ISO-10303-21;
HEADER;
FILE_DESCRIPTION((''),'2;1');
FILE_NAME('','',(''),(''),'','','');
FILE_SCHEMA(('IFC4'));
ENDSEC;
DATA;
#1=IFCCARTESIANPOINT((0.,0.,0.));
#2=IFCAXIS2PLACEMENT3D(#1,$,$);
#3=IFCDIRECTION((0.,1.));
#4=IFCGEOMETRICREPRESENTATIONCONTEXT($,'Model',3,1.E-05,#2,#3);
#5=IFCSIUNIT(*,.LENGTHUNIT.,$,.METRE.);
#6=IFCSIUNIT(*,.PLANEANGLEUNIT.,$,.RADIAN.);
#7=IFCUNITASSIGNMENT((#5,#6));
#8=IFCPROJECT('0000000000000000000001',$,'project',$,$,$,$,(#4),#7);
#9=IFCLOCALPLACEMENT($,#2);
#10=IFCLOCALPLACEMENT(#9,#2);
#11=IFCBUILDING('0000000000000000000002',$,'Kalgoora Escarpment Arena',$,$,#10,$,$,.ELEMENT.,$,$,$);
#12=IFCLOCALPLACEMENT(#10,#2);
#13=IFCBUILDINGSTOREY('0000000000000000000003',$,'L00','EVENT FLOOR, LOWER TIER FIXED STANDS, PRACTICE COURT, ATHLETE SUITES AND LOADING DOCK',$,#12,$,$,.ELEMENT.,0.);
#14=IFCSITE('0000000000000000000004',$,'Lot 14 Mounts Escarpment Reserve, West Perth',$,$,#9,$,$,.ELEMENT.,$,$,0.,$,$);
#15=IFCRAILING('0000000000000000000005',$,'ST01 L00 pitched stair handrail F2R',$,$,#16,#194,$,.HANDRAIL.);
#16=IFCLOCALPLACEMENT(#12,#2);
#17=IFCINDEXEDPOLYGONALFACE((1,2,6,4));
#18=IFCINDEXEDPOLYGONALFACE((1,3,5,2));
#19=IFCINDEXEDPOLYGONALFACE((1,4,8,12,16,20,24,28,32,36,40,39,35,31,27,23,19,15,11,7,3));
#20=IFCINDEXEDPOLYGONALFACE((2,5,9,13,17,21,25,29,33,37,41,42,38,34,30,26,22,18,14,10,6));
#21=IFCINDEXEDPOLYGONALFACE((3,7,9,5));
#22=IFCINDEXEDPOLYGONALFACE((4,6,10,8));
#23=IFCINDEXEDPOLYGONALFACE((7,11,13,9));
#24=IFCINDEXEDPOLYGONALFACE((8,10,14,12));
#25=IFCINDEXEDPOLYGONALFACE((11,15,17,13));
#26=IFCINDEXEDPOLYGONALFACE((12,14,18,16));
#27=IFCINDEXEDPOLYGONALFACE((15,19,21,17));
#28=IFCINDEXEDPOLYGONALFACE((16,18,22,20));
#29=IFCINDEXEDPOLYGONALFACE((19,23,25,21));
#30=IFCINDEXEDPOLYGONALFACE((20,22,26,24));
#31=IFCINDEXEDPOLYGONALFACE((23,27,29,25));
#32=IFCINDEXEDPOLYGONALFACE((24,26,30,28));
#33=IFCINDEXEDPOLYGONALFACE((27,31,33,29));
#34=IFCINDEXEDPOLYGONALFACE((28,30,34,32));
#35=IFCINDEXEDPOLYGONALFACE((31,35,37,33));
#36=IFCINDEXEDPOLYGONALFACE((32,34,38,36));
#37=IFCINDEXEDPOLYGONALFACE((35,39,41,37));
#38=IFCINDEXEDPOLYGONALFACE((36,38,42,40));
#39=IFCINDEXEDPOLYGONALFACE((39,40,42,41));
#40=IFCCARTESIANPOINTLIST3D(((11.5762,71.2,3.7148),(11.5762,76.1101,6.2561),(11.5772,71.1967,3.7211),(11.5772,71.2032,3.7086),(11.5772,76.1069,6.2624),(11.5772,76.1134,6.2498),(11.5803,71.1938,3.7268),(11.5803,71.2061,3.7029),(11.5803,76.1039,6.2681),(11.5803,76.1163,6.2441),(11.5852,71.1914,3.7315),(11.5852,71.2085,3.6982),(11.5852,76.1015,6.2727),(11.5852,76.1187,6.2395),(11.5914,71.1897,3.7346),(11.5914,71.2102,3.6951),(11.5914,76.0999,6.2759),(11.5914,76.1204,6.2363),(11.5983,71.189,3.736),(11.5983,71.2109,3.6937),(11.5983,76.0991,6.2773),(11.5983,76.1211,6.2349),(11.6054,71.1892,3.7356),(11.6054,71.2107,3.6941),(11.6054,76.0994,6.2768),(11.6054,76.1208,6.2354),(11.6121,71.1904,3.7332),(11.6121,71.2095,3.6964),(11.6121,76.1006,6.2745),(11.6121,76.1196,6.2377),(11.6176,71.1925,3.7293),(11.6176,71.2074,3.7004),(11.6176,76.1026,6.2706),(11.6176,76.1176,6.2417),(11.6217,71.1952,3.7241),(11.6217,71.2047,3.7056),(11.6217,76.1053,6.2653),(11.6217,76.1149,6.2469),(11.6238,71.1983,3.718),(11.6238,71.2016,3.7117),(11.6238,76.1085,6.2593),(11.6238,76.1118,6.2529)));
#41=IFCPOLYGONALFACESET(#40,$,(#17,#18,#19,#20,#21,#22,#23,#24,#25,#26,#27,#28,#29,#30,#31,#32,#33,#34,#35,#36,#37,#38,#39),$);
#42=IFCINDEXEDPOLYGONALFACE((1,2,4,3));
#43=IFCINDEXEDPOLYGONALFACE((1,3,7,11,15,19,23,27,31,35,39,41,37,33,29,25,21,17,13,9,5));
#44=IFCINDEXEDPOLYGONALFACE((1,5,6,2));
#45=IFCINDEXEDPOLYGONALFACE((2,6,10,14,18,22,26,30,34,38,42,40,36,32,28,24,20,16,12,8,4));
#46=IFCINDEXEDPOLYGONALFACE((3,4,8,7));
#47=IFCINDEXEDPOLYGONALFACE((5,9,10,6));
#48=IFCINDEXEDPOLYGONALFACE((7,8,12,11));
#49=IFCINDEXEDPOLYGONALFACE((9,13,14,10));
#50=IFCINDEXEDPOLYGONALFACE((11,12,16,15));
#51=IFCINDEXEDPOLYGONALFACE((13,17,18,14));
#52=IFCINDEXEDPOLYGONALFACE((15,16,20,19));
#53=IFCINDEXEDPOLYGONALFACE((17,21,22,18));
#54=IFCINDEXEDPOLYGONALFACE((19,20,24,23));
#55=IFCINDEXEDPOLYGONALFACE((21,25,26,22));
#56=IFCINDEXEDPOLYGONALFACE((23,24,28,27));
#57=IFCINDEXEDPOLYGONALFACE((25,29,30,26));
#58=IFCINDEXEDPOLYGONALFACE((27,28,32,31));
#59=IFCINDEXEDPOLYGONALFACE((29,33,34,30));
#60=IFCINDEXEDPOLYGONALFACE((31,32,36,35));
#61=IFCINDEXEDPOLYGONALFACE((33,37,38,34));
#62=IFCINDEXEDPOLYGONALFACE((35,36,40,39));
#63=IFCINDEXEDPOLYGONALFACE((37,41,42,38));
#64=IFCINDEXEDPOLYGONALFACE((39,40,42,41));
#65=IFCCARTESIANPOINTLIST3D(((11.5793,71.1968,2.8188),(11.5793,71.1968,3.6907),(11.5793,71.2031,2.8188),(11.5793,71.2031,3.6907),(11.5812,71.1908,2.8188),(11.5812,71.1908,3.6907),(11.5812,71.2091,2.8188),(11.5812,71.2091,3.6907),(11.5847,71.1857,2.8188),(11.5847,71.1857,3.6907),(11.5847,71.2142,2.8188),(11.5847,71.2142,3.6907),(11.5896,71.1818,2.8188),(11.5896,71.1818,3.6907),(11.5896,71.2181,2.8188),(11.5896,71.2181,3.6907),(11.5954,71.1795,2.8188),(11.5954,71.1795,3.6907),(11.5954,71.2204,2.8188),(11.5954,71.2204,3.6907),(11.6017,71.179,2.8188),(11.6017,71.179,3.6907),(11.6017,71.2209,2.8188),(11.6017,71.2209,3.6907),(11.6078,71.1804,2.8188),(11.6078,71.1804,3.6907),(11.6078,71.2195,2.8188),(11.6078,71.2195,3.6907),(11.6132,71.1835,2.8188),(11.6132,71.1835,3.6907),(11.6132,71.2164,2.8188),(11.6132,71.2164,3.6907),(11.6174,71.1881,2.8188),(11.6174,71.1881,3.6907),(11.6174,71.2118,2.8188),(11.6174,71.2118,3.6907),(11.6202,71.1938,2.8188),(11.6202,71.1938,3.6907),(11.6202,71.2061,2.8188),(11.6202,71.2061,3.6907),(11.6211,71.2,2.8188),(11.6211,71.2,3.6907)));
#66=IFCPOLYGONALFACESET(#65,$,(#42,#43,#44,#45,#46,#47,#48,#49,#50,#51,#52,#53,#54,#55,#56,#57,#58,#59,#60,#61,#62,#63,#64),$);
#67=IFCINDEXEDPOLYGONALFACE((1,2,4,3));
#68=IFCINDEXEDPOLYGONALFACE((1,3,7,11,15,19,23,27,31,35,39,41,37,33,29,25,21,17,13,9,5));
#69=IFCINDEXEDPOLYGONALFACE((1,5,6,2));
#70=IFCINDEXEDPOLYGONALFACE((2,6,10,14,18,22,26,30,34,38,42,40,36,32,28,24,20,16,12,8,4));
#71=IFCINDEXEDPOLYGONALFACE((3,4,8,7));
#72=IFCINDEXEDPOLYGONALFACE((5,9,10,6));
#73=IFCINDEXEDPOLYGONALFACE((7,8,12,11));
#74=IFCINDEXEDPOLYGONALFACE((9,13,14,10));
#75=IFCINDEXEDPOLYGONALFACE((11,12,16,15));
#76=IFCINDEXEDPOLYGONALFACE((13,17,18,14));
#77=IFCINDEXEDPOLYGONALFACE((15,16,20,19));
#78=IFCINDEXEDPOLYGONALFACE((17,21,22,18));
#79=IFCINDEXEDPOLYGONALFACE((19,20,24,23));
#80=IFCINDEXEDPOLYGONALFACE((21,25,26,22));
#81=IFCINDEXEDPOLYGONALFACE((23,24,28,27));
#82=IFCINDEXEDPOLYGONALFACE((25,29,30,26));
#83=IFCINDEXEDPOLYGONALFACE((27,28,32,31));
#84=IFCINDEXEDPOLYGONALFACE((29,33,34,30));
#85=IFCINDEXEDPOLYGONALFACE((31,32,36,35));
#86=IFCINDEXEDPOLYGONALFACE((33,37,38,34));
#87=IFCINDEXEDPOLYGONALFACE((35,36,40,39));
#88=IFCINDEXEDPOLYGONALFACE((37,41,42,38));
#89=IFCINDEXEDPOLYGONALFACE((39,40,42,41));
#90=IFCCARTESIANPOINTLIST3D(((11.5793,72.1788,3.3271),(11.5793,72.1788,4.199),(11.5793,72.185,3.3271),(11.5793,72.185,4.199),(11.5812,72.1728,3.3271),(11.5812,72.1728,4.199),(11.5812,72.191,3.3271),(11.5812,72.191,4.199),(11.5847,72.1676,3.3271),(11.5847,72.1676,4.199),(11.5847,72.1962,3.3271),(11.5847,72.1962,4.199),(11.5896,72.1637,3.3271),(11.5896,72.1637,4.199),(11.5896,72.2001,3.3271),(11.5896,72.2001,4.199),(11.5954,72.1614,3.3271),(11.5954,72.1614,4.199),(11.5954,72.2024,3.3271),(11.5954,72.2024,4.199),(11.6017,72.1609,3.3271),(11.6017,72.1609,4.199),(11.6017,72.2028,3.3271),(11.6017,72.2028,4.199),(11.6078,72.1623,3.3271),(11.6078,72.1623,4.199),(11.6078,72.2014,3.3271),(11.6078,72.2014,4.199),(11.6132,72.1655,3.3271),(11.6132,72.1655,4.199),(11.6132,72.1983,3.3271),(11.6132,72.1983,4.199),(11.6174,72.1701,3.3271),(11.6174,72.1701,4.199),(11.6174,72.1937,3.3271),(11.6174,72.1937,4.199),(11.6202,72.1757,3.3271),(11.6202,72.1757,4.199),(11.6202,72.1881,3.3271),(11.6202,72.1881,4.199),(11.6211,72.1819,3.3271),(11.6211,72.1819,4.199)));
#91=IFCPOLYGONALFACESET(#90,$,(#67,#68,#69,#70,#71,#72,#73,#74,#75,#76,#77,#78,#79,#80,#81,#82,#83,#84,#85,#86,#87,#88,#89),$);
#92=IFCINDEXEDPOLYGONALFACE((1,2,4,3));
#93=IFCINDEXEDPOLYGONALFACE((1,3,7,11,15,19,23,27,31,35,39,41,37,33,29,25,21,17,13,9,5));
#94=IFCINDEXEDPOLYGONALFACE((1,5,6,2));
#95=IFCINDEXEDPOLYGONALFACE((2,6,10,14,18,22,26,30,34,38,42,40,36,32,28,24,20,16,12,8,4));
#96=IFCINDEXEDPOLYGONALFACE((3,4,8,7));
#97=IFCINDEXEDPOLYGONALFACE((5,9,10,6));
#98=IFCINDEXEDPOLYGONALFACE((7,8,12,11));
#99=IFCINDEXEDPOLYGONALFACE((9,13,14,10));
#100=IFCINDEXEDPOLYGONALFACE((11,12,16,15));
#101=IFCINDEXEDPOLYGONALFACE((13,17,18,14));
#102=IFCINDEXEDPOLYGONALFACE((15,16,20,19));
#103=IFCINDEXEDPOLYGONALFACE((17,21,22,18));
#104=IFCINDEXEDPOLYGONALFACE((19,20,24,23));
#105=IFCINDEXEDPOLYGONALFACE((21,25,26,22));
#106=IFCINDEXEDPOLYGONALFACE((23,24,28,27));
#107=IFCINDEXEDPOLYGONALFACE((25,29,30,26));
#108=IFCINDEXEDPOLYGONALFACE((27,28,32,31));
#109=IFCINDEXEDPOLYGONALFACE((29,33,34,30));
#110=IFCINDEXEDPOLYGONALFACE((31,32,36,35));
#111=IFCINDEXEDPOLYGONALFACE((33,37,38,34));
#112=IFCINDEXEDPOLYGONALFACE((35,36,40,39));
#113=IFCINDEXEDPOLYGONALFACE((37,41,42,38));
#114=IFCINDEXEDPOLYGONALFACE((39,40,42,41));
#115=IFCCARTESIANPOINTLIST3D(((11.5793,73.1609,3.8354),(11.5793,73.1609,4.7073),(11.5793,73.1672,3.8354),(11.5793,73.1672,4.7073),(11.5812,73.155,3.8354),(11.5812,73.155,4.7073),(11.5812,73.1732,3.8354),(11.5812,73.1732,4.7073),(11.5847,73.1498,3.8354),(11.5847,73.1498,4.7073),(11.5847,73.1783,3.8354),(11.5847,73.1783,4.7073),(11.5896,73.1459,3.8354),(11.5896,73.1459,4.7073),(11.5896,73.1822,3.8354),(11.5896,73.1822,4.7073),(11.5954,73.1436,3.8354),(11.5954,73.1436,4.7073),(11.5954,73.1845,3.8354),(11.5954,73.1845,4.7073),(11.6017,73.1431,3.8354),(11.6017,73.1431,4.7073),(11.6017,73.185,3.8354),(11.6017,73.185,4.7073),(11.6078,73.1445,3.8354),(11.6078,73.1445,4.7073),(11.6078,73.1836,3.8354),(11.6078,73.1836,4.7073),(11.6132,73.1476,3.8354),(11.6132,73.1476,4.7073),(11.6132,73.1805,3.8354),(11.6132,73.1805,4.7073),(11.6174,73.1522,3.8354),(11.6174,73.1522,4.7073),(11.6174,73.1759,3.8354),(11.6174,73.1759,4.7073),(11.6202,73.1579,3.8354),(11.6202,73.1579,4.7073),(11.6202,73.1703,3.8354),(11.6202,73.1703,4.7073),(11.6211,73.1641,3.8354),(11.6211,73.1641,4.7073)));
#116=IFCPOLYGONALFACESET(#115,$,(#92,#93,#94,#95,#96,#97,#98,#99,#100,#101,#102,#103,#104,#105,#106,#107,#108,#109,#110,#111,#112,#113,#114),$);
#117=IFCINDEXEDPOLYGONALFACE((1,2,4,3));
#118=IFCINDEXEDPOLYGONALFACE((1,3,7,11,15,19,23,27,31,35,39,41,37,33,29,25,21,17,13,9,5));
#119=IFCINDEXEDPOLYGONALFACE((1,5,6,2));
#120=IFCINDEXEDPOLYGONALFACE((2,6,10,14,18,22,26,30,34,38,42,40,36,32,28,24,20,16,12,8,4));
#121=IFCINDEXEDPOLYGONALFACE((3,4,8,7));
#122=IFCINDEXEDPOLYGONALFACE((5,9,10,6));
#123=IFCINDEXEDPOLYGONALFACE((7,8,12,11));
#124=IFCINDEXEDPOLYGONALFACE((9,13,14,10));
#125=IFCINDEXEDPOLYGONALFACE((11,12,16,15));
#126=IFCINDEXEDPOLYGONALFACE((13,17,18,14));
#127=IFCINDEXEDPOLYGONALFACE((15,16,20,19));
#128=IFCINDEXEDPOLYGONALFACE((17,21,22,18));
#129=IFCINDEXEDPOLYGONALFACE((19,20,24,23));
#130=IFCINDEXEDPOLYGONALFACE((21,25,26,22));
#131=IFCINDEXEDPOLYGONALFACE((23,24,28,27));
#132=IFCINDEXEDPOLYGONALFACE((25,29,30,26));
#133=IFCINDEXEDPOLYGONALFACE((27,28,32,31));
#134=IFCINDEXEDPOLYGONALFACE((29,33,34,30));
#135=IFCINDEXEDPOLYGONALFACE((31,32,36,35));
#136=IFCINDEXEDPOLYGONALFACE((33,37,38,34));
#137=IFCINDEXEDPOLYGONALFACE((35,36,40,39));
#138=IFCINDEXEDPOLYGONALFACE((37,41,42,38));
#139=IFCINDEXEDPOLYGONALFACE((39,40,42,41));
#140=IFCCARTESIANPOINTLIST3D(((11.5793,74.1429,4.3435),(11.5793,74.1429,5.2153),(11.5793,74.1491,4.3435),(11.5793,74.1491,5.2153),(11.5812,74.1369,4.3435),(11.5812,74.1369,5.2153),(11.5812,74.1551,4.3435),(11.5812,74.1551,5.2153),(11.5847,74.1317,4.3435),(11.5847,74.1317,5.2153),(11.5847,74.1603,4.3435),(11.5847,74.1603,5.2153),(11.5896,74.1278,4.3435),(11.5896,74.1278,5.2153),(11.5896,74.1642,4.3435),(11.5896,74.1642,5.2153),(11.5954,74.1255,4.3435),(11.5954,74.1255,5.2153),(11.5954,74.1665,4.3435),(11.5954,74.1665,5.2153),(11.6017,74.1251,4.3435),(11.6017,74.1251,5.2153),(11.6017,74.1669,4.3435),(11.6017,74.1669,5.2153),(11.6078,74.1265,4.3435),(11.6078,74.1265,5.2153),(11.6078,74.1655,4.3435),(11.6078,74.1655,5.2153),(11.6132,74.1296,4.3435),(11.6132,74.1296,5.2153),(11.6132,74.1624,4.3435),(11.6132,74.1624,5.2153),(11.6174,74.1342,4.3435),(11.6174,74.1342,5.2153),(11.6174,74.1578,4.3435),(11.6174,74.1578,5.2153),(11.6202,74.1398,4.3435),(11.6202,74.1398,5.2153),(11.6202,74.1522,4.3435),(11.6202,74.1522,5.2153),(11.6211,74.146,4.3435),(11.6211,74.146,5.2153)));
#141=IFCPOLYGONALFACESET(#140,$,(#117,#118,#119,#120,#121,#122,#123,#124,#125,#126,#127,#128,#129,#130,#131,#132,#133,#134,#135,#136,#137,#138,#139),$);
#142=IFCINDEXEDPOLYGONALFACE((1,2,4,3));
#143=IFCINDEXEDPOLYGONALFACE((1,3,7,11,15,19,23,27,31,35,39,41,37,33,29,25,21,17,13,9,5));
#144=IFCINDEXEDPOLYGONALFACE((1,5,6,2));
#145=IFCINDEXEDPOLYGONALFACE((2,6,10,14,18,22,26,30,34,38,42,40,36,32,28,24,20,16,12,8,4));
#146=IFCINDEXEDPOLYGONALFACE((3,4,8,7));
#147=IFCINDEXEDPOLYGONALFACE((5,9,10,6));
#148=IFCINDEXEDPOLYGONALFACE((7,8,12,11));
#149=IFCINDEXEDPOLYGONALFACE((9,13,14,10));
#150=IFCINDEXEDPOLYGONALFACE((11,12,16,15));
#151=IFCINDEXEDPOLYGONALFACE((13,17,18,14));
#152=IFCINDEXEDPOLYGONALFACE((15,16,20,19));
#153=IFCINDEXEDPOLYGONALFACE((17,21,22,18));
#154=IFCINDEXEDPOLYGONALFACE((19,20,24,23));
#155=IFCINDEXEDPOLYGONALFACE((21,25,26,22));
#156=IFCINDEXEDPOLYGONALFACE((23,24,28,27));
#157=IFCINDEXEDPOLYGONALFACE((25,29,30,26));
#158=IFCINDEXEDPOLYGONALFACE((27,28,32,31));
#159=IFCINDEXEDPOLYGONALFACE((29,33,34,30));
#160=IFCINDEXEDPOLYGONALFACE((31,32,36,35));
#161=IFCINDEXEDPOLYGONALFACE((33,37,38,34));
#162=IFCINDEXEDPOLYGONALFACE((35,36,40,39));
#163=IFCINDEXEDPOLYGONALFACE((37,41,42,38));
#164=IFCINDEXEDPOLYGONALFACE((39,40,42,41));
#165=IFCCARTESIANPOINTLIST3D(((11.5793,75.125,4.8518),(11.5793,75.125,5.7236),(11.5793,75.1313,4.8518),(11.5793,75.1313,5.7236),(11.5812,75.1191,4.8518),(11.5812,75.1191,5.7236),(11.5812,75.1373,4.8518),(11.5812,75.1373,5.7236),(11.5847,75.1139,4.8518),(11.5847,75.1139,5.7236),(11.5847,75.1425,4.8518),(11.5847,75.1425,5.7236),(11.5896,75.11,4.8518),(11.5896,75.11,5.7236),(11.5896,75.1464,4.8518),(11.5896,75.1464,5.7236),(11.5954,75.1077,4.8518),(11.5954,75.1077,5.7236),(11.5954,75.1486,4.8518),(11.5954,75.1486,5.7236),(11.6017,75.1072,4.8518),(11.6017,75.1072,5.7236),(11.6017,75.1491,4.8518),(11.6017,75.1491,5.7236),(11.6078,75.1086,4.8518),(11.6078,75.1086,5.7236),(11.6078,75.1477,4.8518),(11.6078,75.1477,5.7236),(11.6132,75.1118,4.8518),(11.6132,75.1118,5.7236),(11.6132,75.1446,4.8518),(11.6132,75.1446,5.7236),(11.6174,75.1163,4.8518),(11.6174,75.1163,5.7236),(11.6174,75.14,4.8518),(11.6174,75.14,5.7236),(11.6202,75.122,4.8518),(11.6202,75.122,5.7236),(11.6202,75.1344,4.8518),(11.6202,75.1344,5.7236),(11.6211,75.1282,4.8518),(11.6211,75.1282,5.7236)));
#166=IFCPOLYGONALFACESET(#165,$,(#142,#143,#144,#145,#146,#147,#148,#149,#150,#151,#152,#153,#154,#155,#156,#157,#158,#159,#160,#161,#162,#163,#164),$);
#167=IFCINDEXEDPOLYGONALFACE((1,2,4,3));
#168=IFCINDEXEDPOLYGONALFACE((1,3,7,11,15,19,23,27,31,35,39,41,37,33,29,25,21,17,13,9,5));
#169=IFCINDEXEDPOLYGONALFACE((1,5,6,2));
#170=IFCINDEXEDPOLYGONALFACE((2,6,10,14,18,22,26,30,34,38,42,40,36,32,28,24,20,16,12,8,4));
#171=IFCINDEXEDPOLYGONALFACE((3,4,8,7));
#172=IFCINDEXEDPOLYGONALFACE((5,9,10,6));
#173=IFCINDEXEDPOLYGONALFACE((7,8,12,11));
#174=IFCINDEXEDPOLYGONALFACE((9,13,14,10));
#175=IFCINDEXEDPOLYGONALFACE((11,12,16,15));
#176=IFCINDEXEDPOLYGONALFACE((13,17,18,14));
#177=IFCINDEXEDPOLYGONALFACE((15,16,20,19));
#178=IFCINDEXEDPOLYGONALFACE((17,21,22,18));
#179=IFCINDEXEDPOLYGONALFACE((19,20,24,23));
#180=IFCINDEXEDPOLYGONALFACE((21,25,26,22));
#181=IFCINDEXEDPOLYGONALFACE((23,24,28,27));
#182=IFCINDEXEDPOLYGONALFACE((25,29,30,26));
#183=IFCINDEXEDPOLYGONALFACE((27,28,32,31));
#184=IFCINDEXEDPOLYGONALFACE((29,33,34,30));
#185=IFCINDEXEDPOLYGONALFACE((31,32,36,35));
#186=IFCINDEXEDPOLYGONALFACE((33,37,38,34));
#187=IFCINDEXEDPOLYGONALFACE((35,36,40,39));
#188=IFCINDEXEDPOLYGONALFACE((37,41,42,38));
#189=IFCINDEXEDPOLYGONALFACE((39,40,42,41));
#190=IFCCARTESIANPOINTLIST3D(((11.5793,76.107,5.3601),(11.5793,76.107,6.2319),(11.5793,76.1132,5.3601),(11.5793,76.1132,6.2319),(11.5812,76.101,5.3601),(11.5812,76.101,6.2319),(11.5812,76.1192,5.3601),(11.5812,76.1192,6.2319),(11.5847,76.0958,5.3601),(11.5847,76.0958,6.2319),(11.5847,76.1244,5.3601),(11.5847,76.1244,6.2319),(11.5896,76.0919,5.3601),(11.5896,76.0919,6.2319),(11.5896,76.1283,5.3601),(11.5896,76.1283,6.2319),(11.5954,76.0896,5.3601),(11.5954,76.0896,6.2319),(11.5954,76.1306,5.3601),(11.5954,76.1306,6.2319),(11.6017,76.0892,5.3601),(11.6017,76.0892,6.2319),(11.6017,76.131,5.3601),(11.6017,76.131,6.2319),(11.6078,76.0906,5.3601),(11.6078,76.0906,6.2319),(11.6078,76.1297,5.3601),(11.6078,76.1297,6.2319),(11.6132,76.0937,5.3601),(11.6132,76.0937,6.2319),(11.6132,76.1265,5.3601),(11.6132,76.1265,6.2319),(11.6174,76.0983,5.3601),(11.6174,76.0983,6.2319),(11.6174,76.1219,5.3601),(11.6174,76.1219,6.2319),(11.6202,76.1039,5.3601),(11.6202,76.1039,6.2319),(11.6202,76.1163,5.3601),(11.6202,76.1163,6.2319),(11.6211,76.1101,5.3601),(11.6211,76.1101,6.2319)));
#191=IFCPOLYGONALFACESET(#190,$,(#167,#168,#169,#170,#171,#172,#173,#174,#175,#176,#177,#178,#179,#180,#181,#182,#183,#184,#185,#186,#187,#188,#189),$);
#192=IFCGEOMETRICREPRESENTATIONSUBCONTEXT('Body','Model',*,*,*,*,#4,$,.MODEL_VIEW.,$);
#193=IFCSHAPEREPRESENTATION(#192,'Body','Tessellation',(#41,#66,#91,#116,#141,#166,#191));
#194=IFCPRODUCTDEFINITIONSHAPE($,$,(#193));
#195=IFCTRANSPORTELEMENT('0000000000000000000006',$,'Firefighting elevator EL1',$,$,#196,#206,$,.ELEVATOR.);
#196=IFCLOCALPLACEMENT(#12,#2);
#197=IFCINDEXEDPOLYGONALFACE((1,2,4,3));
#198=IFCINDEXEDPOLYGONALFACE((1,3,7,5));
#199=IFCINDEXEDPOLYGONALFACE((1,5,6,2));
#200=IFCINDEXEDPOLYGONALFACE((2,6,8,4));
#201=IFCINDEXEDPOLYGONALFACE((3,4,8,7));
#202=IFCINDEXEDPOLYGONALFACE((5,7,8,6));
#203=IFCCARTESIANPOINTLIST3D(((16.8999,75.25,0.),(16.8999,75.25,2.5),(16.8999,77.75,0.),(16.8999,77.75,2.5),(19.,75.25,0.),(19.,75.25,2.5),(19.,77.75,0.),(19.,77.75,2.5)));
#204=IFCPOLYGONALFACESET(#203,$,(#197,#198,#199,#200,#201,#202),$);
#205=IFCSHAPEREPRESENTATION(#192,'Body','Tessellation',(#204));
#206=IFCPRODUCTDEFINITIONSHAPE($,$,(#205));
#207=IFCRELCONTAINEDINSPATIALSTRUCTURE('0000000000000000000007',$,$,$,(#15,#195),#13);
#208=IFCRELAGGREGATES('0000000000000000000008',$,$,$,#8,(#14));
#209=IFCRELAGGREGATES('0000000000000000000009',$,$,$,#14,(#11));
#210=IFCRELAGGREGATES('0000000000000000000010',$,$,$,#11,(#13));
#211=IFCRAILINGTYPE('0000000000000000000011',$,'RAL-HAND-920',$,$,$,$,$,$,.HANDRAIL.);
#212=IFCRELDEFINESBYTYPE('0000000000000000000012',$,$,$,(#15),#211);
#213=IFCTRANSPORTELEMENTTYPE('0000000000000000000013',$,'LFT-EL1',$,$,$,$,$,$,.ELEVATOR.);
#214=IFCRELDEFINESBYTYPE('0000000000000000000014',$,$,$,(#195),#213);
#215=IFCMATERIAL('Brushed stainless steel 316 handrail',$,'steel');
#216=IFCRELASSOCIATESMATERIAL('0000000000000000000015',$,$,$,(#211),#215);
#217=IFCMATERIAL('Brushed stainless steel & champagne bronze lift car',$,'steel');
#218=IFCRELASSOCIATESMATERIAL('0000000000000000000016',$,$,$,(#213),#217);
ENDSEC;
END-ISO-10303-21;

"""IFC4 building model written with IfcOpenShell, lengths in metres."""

from ifc_helpers import new_model, si_unit, direction, frame, origin, origin_2d, place, context, subcontext, project, spatial, rectangle, circle, extrude, material, type_object, element, save


model = new_model("IFC4")

# Units and contexts
model_context = context("Model", 3, precision=1e-05, world=origin(), true_north=direction((0.0, 1.0)))
body_context = subcontext(model_context, "Body", "Model", "MODEL_VIEW")
ifc_project = project(units=[si_unit("LENGTHUNIT", "METRE"), si_unit("PLANEANGLEUNIT", "RADIAN")], contexts=[model_context])

# Site, building, storey
site_placement = place(None, origin())
site = spatial("IfcSite", under=ifc_project, at=site_placement, Name="Lot 14 Mounts Escarpment Reserve, West Perth", CompositionType="ELEMENT", RefElevation=0.0)
building_placement = place(site_placement, origin())
building = spatial("IfcBuilding", under=site, at=building_placement, Name="Kalgoora Escarpment Arena", CompositionType="ELEMENT")
storey_placement = place(building_placement, origin())
storey = spatial("IfcBuildingStorey", under=building, at=storey_placement, Name="L00", Description="EVENT FLOOR, LOWER TIER FIXED STANDS, PRACTICE COURT, ATHLETE SUITES AND LOADING DOCK", CompositionType="ELEMENT", Elevation=0.0)

# Railing
ifc_material_1 = material(Name="Brushed stainless steel 316 handrail", Category="steel")
railing_type = type_object("IfcRailingType", Name="RAL-HAND-920", PredefinedType="HANDRAIL", material=ifc_material_1)
for number, where, name in (
    (1, (11.6001, 71.2, 2.8188), "ST01 L00 pitched stair handrail F2R"),
):
    element("IfcRailing", number, at=place(storey_placement, frame(where)), inside=storey, type_object=railing_type, Name=name, PredefinedType="HANDRAIL", context=body_context, shape_type="SweptSolid", body=[
        extrude(circle(Radius=0.0239, at=origin_2d()), frame((0.0, 0.0, 0.896), z_axis=(0.0, 0.888105, 0.45964), x_axis=(-1.0, 0.0, 0.0)), (0.0, 0.0, 1.0), 5.5288),
        extrude(circle(Radius=0.021, at=origin_2d()), origin(), (0.0, 0.0, 1.0), 0.8718),
        extrude(circle(Radius=0.021, at=origin_2d()), frame((0.0, 0.9819, 0.5083)), (0.0, 0.0, 1.0), 0.8718),
        extrude(circle(Radius=0.021, at=origin_2d()), frame((0.0, 1.9641, 1.0166)), (0.0, 0.0, 1.0), 0.8718),
        extrude(circle(Radius=0.021, at=origin_2d()), frame((0.0, 2.946, 1.5247)), (0.0, 0.0, 1.0), 0.8718),
        extrude(circle(Radius=0.021, at=origin_2d()), frame((0.0, 3.9282, 2.033)), (0.0, 0.0, 1.0), 0.8718),
        extrude(circle(Radius=0.021, at=origin_2d()), frame((0.0, 4.9102, 2.5413)), (0.0, 0.0, 1.0), 0.8718),
    ])

# Transport element
ifc_material_2 = material(Name="Brushed stainless steel & champagne bronze lift car", Category="steel")
transport_element_type = type_object("IfcTransportElementType", Name="LFT-EL1", PredefinedType="ELEVATOR", material=ifc_material_2)
transport_element_placement = place(storey_placement, frame((17.95, 76.5, 0.0), z_axis=(0.0, 0.0, 1.0), x_axis=(1.0, 0.0, 0.0)))
element("IfcTransportElement", 2, at=transport_element_placement, inside=storey, type_object=transport_element_type, Name="Firefighting elevator EL1", PredefinedType="ELEVATOR", context=body_context, shape_type="SweptSolid", body=[
    extrude(rectangle(XDim=2.1001, YDim=2.5, at=origin_2d()), origin(), (0.0, 0.0, 1.0), 2.5),
])

save(model, "model.ifc")
